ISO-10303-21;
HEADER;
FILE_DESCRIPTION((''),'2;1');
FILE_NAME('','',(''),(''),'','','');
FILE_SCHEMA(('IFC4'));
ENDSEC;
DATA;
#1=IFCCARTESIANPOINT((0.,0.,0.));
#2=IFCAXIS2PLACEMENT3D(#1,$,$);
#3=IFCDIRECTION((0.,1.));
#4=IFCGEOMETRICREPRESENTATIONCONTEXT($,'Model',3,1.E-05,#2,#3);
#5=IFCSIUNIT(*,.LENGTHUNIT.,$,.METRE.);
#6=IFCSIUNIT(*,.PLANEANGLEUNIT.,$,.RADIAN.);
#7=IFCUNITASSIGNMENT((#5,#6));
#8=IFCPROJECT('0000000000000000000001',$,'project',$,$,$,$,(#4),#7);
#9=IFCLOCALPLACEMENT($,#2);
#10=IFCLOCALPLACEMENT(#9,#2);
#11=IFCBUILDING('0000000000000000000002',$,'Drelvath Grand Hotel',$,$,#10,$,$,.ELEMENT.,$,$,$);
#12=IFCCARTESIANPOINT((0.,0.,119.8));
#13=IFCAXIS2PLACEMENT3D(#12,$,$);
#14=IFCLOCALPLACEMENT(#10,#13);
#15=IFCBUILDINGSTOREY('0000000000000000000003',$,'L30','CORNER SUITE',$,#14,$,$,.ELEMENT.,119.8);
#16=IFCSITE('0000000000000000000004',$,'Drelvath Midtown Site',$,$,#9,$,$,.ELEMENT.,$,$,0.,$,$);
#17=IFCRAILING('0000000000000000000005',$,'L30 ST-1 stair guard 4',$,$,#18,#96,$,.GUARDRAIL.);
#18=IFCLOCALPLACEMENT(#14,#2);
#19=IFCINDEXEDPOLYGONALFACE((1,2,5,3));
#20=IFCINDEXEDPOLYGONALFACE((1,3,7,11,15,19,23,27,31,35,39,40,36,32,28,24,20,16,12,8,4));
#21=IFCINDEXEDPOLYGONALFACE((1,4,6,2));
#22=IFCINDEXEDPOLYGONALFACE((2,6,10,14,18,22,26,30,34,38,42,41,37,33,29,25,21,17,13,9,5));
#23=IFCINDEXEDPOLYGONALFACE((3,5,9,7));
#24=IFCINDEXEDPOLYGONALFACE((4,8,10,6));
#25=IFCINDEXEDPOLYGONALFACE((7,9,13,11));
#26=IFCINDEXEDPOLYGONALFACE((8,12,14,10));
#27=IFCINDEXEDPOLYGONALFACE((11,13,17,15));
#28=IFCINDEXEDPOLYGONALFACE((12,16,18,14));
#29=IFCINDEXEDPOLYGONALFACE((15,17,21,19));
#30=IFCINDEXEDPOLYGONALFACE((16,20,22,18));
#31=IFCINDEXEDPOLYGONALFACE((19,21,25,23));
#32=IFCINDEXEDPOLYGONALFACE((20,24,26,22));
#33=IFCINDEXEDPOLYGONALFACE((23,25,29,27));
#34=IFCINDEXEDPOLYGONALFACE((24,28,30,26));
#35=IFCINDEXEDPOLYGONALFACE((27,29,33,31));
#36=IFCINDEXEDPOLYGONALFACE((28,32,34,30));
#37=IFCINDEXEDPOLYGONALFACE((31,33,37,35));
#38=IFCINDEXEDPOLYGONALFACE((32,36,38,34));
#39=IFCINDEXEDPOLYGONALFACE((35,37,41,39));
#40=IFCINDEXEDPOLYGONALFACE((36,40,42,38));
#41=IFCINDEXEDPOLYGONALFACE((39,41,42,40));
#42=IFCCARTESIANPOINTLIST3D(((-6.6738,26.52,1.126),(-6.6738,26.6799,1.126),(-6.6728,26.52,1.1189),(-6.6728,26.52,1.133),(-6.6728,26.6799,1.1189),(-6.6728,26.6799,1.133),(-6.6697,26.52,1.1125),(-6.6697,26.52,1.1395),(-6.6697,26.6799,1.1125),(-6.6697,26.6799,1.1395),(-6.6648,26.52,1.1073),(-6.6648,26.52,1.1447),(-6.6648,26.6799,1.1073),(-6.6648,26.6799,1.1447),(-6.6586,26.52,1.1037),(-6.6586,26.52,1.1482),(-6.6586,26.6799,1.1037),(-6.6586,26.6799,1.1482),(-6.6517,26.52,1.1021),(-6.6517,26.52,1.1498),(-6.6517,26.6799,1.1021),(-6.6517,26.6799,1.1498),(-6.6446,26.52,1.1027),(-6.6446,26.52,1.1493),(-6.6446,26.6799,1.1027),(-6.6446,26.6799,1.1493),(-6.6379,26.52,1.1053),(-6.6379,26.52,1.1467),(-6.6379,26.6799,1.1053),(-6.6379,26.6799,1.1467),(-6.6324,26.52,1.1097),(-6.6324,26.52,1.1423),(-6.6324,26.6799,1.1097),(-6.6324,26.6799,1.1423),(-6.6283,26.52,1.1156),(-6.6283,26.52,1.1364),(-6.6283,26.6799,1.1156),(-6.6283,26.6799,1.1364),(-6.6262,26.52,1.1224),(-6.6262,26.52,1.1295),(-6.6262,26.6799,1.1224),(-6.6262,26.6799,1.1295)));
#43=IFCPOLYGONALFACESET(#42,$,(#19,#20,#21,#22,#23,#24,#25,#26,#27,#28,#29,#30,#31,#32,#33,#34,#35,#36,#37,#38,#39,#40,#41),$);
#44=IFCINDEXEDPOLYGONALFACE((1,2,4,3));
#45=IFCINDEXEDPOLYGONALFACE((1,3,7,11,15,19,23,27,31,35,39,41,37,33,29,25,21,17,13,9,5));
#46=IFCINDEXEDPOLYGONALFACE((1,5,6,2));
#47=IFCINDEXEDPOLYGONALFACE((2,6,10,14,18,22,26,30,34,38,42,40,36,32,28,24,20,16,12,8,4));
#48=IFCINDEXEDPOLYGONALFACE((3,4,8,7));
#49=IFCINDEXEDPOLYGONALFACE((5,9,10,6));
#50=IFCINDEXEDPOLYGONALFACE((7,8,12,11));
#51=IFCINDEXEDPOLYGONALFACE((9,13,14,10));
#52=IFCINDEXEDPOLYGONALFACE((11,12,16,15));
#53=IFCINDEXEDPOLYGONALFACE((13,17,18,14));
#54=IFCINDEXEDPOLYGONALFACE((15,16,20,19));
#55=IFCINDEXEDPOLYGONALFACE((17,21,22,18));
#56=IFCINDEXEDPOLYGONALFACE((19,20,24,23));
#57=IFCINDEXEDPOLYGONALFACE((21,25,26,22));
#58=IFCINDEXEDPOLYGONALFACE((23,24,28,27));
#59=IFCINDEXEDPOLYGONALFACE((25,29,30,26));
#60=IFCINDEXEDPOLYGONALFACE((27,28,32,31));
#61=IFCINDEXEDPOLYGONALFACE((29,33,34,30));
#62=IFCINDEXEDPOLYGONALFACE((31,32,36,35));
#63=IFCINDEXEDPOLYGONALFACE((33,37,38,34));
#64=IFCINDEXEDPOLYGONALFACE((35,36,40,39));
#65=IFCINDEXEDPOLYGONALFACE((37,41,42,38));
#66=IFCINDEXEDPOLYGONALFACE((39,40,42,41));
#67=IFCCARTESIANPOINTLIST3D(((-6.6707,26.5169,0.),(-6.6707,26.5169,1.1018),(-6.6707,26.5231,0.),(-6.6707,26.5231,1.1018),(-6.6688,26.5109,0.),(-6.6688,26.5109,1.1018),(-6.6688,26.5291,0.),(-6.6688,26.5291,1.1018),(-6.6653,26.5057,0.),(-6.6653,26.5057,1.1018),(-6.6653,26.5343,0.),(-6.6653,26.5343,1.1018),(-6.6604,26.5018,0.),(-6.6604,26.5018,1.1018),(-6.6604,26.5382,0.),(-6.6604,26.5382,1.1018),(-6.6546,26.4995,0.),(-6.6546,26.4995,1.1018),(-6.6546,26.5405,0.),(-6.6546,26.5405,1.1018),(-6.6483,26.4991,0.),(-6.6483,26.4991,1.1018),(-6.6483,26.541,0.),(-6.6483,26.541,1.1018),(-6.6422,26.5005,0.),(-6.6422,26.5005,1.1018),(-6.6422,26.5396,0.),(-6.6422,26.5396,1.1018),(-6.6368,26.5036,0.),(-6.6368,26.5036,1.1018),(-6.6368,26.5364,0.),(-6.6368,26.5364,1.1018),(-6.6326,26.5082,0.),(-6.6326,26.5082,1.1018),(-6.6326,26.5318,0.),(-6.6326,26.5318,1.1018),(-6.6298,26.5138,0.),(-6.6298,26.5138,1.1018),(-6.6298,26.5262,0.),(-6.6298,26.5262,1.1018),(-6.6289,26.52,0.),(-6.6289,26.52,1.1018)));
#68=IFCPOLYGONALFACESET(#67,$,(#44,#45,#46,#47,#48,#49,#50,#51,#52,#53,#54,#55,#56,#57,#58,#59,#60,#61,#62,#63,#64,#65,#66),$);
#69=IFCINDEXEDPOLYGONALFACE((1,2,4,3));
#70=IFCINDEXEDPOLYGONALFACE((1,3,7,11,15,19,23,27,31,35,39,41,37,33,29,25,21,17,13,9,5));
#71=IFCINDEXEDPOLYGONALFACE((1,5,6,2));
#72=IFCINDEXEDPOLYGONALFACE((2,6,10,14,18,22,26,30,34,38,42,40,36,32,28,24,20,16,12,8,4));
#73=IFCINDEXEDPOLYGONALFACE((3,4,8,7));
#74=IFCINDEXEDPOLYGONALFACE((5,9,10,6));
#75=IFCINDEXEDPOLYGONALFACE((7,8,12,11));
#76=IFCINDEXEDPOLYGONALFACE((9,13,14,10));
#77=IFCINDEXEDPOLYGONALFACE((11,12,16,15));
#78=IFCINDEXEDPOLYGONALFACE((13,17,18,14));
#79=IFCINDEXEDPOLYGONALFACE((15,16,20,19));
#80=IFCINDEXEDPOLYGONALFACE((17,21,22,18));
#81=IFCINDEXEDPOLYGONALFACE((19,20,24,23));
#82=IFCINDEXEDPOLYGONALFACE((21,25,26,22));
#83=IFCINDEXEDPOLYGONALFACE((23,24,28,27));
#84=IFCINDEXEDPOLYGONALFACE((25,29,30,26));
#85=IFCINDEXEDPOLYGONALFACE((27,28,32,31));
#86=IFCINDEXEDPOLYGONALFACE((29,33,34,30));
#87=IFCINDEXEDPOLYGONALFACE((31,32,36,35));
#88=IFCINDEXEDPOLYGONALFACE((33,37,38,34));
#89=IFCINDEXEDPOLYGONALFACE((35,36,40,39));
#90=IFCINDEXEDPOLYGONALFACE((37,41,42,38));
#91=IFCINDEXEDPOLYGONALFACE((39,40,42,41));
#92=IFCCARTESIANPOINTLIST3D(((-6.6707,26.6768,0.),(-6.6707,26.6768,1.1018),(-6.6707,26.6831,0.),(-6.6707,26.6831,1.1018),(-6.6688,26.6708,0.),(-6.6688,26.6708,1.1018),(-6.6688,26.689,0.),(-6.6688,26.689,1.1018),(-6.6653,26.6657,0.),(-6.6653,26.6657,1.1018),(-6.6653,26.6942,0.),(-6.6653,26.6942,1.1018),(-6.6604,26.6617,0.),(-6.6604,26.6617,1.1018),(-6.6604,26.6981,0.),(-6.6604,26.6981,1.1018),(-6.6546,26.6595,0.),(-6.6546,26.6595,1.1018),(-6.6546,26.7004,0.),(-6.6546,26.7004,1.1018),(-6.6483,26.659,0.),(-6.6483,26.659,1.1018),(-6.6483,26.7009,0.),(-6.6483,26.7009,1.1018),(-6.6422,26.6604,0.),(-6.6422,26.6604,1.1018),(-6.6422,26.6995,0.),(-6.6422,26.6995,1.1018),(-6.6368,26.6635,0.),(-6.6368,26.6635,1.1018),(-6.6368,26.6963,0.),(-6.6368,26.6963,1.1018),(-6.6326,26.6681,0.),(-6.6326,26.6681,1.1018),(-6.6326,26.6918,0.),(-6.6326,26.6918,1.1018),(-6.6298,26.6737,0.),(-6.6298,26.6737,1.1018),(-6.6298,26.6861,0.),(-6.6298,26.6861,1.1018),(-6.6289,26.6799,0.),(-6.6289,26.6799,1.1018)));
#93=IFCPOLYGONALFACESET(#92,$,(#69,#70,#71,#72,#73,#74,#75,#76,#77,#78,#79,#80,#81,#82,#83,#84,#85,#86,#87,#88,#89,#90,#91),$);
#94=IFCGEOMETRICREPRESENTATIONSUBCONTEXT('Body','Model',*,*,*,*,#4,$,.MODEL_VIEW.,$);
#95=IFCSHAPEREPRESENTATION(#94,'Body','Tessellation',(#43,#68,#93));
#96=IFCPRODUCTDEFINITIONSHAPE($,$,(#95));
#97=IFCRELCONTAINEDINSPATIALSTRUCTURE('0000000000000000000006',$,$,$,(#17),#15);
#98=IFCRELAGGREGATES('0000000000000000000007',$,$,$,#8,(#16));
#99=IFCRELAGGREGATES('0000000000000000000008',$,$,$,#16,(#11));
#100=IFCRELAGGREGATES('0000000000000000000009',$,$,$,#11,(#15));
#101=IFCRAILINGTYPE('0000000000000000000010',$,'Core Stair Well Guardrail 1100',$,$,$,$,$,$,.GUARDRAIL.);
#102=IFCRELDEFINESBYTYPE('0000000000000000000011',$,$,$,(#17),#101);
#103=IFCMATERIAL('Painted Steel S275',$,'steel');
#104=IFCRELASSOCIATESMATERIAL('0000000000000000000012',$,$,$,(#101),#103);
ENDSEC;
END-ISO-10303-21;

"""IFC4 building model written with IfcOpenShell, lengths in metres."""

from ifc_helpers import new_model, si_unit, direction, frame, origin, origin_2d, place, context, subcontext, project, spatial, circle, extrude, material, type_object, element, save


model = new_model("IFC4")

# Units and contexts
model_context = context("Model", 3, precision=1e-05, world=origin(), true_north=direction((0.0, 1.0)))
body_context = subcontext(model_context, "Body", "Model", "MODEL_VIEW")
ifc_project = project(units=[si_unit("LENGTHUNIT", "METRE"), si_unit("PLANEANGLEUNIT", "RADIAN")], contexts=[model_context])

# Site, building, storey
site_placement = place(None, origin())
site = spatial("IfcSite", under=ifc_project, at=site_placement, Name="Drelvath Midtown Site", CompositionType="ELEMENT", RefElevation=0.0)
building_placement = place(site_placement, origin())
building = spatial("IfcBuilding", under=site, at=building_placement, Name="Drelvath Grand Hotel", CompositionType="ELEMENT")
storey_placement = place(building_placement, frame((0.0, 0.0, 119.8)))
storey = spatial("IfcBuildingStorey", under=building, at=storey_placement, Name="L30", Description="CORNER SUITE", CompositionType="ELEMENT", Elevation=119.8)

# Shared definitions
ifc_material_1 = material(Name="Painted Steel S275", Category="steel")

# Railing
railing_type_1 = type_object("IfcRailingType", Name="Core Stair Well Guardrail 1100", PredefinedType="GUARDRAIL", material=ifc_material_1)
railing_1_placement = place(storey_placement, frame((-6.6499, 26.52, 0.0)))
element("IfcRailing", 1, at=railing_1_placement, inside=storey, type_object=railing_type_1, Name="L30 ST-1 stair guard 4", PredefinedType="GUARDRAIL", context=body_context, shape_type="SweptSolid", body=[
    extrude(circle(Radius=0.0239, at=origin_2d()), frame((0.0, 0.0, 1.126), z_axis=(0.0, 1.0, 0.0), x_axis=(-1.0, 0.0, 0.0)), (0.0, 0.0, 1.0), 0.1599),
    extrude(circle(Radius=0.021, at=origin_2d()), origin(), (0.0, 0.0, 1.0), 1.1018),
    extrude(circle(Radius=0.021, at=origin_2d()), frame((0.0, 0.1599, 0.0)), (0.0, 0.0, 1.0), 1.1018),
])

save(model, "model.ifc")
